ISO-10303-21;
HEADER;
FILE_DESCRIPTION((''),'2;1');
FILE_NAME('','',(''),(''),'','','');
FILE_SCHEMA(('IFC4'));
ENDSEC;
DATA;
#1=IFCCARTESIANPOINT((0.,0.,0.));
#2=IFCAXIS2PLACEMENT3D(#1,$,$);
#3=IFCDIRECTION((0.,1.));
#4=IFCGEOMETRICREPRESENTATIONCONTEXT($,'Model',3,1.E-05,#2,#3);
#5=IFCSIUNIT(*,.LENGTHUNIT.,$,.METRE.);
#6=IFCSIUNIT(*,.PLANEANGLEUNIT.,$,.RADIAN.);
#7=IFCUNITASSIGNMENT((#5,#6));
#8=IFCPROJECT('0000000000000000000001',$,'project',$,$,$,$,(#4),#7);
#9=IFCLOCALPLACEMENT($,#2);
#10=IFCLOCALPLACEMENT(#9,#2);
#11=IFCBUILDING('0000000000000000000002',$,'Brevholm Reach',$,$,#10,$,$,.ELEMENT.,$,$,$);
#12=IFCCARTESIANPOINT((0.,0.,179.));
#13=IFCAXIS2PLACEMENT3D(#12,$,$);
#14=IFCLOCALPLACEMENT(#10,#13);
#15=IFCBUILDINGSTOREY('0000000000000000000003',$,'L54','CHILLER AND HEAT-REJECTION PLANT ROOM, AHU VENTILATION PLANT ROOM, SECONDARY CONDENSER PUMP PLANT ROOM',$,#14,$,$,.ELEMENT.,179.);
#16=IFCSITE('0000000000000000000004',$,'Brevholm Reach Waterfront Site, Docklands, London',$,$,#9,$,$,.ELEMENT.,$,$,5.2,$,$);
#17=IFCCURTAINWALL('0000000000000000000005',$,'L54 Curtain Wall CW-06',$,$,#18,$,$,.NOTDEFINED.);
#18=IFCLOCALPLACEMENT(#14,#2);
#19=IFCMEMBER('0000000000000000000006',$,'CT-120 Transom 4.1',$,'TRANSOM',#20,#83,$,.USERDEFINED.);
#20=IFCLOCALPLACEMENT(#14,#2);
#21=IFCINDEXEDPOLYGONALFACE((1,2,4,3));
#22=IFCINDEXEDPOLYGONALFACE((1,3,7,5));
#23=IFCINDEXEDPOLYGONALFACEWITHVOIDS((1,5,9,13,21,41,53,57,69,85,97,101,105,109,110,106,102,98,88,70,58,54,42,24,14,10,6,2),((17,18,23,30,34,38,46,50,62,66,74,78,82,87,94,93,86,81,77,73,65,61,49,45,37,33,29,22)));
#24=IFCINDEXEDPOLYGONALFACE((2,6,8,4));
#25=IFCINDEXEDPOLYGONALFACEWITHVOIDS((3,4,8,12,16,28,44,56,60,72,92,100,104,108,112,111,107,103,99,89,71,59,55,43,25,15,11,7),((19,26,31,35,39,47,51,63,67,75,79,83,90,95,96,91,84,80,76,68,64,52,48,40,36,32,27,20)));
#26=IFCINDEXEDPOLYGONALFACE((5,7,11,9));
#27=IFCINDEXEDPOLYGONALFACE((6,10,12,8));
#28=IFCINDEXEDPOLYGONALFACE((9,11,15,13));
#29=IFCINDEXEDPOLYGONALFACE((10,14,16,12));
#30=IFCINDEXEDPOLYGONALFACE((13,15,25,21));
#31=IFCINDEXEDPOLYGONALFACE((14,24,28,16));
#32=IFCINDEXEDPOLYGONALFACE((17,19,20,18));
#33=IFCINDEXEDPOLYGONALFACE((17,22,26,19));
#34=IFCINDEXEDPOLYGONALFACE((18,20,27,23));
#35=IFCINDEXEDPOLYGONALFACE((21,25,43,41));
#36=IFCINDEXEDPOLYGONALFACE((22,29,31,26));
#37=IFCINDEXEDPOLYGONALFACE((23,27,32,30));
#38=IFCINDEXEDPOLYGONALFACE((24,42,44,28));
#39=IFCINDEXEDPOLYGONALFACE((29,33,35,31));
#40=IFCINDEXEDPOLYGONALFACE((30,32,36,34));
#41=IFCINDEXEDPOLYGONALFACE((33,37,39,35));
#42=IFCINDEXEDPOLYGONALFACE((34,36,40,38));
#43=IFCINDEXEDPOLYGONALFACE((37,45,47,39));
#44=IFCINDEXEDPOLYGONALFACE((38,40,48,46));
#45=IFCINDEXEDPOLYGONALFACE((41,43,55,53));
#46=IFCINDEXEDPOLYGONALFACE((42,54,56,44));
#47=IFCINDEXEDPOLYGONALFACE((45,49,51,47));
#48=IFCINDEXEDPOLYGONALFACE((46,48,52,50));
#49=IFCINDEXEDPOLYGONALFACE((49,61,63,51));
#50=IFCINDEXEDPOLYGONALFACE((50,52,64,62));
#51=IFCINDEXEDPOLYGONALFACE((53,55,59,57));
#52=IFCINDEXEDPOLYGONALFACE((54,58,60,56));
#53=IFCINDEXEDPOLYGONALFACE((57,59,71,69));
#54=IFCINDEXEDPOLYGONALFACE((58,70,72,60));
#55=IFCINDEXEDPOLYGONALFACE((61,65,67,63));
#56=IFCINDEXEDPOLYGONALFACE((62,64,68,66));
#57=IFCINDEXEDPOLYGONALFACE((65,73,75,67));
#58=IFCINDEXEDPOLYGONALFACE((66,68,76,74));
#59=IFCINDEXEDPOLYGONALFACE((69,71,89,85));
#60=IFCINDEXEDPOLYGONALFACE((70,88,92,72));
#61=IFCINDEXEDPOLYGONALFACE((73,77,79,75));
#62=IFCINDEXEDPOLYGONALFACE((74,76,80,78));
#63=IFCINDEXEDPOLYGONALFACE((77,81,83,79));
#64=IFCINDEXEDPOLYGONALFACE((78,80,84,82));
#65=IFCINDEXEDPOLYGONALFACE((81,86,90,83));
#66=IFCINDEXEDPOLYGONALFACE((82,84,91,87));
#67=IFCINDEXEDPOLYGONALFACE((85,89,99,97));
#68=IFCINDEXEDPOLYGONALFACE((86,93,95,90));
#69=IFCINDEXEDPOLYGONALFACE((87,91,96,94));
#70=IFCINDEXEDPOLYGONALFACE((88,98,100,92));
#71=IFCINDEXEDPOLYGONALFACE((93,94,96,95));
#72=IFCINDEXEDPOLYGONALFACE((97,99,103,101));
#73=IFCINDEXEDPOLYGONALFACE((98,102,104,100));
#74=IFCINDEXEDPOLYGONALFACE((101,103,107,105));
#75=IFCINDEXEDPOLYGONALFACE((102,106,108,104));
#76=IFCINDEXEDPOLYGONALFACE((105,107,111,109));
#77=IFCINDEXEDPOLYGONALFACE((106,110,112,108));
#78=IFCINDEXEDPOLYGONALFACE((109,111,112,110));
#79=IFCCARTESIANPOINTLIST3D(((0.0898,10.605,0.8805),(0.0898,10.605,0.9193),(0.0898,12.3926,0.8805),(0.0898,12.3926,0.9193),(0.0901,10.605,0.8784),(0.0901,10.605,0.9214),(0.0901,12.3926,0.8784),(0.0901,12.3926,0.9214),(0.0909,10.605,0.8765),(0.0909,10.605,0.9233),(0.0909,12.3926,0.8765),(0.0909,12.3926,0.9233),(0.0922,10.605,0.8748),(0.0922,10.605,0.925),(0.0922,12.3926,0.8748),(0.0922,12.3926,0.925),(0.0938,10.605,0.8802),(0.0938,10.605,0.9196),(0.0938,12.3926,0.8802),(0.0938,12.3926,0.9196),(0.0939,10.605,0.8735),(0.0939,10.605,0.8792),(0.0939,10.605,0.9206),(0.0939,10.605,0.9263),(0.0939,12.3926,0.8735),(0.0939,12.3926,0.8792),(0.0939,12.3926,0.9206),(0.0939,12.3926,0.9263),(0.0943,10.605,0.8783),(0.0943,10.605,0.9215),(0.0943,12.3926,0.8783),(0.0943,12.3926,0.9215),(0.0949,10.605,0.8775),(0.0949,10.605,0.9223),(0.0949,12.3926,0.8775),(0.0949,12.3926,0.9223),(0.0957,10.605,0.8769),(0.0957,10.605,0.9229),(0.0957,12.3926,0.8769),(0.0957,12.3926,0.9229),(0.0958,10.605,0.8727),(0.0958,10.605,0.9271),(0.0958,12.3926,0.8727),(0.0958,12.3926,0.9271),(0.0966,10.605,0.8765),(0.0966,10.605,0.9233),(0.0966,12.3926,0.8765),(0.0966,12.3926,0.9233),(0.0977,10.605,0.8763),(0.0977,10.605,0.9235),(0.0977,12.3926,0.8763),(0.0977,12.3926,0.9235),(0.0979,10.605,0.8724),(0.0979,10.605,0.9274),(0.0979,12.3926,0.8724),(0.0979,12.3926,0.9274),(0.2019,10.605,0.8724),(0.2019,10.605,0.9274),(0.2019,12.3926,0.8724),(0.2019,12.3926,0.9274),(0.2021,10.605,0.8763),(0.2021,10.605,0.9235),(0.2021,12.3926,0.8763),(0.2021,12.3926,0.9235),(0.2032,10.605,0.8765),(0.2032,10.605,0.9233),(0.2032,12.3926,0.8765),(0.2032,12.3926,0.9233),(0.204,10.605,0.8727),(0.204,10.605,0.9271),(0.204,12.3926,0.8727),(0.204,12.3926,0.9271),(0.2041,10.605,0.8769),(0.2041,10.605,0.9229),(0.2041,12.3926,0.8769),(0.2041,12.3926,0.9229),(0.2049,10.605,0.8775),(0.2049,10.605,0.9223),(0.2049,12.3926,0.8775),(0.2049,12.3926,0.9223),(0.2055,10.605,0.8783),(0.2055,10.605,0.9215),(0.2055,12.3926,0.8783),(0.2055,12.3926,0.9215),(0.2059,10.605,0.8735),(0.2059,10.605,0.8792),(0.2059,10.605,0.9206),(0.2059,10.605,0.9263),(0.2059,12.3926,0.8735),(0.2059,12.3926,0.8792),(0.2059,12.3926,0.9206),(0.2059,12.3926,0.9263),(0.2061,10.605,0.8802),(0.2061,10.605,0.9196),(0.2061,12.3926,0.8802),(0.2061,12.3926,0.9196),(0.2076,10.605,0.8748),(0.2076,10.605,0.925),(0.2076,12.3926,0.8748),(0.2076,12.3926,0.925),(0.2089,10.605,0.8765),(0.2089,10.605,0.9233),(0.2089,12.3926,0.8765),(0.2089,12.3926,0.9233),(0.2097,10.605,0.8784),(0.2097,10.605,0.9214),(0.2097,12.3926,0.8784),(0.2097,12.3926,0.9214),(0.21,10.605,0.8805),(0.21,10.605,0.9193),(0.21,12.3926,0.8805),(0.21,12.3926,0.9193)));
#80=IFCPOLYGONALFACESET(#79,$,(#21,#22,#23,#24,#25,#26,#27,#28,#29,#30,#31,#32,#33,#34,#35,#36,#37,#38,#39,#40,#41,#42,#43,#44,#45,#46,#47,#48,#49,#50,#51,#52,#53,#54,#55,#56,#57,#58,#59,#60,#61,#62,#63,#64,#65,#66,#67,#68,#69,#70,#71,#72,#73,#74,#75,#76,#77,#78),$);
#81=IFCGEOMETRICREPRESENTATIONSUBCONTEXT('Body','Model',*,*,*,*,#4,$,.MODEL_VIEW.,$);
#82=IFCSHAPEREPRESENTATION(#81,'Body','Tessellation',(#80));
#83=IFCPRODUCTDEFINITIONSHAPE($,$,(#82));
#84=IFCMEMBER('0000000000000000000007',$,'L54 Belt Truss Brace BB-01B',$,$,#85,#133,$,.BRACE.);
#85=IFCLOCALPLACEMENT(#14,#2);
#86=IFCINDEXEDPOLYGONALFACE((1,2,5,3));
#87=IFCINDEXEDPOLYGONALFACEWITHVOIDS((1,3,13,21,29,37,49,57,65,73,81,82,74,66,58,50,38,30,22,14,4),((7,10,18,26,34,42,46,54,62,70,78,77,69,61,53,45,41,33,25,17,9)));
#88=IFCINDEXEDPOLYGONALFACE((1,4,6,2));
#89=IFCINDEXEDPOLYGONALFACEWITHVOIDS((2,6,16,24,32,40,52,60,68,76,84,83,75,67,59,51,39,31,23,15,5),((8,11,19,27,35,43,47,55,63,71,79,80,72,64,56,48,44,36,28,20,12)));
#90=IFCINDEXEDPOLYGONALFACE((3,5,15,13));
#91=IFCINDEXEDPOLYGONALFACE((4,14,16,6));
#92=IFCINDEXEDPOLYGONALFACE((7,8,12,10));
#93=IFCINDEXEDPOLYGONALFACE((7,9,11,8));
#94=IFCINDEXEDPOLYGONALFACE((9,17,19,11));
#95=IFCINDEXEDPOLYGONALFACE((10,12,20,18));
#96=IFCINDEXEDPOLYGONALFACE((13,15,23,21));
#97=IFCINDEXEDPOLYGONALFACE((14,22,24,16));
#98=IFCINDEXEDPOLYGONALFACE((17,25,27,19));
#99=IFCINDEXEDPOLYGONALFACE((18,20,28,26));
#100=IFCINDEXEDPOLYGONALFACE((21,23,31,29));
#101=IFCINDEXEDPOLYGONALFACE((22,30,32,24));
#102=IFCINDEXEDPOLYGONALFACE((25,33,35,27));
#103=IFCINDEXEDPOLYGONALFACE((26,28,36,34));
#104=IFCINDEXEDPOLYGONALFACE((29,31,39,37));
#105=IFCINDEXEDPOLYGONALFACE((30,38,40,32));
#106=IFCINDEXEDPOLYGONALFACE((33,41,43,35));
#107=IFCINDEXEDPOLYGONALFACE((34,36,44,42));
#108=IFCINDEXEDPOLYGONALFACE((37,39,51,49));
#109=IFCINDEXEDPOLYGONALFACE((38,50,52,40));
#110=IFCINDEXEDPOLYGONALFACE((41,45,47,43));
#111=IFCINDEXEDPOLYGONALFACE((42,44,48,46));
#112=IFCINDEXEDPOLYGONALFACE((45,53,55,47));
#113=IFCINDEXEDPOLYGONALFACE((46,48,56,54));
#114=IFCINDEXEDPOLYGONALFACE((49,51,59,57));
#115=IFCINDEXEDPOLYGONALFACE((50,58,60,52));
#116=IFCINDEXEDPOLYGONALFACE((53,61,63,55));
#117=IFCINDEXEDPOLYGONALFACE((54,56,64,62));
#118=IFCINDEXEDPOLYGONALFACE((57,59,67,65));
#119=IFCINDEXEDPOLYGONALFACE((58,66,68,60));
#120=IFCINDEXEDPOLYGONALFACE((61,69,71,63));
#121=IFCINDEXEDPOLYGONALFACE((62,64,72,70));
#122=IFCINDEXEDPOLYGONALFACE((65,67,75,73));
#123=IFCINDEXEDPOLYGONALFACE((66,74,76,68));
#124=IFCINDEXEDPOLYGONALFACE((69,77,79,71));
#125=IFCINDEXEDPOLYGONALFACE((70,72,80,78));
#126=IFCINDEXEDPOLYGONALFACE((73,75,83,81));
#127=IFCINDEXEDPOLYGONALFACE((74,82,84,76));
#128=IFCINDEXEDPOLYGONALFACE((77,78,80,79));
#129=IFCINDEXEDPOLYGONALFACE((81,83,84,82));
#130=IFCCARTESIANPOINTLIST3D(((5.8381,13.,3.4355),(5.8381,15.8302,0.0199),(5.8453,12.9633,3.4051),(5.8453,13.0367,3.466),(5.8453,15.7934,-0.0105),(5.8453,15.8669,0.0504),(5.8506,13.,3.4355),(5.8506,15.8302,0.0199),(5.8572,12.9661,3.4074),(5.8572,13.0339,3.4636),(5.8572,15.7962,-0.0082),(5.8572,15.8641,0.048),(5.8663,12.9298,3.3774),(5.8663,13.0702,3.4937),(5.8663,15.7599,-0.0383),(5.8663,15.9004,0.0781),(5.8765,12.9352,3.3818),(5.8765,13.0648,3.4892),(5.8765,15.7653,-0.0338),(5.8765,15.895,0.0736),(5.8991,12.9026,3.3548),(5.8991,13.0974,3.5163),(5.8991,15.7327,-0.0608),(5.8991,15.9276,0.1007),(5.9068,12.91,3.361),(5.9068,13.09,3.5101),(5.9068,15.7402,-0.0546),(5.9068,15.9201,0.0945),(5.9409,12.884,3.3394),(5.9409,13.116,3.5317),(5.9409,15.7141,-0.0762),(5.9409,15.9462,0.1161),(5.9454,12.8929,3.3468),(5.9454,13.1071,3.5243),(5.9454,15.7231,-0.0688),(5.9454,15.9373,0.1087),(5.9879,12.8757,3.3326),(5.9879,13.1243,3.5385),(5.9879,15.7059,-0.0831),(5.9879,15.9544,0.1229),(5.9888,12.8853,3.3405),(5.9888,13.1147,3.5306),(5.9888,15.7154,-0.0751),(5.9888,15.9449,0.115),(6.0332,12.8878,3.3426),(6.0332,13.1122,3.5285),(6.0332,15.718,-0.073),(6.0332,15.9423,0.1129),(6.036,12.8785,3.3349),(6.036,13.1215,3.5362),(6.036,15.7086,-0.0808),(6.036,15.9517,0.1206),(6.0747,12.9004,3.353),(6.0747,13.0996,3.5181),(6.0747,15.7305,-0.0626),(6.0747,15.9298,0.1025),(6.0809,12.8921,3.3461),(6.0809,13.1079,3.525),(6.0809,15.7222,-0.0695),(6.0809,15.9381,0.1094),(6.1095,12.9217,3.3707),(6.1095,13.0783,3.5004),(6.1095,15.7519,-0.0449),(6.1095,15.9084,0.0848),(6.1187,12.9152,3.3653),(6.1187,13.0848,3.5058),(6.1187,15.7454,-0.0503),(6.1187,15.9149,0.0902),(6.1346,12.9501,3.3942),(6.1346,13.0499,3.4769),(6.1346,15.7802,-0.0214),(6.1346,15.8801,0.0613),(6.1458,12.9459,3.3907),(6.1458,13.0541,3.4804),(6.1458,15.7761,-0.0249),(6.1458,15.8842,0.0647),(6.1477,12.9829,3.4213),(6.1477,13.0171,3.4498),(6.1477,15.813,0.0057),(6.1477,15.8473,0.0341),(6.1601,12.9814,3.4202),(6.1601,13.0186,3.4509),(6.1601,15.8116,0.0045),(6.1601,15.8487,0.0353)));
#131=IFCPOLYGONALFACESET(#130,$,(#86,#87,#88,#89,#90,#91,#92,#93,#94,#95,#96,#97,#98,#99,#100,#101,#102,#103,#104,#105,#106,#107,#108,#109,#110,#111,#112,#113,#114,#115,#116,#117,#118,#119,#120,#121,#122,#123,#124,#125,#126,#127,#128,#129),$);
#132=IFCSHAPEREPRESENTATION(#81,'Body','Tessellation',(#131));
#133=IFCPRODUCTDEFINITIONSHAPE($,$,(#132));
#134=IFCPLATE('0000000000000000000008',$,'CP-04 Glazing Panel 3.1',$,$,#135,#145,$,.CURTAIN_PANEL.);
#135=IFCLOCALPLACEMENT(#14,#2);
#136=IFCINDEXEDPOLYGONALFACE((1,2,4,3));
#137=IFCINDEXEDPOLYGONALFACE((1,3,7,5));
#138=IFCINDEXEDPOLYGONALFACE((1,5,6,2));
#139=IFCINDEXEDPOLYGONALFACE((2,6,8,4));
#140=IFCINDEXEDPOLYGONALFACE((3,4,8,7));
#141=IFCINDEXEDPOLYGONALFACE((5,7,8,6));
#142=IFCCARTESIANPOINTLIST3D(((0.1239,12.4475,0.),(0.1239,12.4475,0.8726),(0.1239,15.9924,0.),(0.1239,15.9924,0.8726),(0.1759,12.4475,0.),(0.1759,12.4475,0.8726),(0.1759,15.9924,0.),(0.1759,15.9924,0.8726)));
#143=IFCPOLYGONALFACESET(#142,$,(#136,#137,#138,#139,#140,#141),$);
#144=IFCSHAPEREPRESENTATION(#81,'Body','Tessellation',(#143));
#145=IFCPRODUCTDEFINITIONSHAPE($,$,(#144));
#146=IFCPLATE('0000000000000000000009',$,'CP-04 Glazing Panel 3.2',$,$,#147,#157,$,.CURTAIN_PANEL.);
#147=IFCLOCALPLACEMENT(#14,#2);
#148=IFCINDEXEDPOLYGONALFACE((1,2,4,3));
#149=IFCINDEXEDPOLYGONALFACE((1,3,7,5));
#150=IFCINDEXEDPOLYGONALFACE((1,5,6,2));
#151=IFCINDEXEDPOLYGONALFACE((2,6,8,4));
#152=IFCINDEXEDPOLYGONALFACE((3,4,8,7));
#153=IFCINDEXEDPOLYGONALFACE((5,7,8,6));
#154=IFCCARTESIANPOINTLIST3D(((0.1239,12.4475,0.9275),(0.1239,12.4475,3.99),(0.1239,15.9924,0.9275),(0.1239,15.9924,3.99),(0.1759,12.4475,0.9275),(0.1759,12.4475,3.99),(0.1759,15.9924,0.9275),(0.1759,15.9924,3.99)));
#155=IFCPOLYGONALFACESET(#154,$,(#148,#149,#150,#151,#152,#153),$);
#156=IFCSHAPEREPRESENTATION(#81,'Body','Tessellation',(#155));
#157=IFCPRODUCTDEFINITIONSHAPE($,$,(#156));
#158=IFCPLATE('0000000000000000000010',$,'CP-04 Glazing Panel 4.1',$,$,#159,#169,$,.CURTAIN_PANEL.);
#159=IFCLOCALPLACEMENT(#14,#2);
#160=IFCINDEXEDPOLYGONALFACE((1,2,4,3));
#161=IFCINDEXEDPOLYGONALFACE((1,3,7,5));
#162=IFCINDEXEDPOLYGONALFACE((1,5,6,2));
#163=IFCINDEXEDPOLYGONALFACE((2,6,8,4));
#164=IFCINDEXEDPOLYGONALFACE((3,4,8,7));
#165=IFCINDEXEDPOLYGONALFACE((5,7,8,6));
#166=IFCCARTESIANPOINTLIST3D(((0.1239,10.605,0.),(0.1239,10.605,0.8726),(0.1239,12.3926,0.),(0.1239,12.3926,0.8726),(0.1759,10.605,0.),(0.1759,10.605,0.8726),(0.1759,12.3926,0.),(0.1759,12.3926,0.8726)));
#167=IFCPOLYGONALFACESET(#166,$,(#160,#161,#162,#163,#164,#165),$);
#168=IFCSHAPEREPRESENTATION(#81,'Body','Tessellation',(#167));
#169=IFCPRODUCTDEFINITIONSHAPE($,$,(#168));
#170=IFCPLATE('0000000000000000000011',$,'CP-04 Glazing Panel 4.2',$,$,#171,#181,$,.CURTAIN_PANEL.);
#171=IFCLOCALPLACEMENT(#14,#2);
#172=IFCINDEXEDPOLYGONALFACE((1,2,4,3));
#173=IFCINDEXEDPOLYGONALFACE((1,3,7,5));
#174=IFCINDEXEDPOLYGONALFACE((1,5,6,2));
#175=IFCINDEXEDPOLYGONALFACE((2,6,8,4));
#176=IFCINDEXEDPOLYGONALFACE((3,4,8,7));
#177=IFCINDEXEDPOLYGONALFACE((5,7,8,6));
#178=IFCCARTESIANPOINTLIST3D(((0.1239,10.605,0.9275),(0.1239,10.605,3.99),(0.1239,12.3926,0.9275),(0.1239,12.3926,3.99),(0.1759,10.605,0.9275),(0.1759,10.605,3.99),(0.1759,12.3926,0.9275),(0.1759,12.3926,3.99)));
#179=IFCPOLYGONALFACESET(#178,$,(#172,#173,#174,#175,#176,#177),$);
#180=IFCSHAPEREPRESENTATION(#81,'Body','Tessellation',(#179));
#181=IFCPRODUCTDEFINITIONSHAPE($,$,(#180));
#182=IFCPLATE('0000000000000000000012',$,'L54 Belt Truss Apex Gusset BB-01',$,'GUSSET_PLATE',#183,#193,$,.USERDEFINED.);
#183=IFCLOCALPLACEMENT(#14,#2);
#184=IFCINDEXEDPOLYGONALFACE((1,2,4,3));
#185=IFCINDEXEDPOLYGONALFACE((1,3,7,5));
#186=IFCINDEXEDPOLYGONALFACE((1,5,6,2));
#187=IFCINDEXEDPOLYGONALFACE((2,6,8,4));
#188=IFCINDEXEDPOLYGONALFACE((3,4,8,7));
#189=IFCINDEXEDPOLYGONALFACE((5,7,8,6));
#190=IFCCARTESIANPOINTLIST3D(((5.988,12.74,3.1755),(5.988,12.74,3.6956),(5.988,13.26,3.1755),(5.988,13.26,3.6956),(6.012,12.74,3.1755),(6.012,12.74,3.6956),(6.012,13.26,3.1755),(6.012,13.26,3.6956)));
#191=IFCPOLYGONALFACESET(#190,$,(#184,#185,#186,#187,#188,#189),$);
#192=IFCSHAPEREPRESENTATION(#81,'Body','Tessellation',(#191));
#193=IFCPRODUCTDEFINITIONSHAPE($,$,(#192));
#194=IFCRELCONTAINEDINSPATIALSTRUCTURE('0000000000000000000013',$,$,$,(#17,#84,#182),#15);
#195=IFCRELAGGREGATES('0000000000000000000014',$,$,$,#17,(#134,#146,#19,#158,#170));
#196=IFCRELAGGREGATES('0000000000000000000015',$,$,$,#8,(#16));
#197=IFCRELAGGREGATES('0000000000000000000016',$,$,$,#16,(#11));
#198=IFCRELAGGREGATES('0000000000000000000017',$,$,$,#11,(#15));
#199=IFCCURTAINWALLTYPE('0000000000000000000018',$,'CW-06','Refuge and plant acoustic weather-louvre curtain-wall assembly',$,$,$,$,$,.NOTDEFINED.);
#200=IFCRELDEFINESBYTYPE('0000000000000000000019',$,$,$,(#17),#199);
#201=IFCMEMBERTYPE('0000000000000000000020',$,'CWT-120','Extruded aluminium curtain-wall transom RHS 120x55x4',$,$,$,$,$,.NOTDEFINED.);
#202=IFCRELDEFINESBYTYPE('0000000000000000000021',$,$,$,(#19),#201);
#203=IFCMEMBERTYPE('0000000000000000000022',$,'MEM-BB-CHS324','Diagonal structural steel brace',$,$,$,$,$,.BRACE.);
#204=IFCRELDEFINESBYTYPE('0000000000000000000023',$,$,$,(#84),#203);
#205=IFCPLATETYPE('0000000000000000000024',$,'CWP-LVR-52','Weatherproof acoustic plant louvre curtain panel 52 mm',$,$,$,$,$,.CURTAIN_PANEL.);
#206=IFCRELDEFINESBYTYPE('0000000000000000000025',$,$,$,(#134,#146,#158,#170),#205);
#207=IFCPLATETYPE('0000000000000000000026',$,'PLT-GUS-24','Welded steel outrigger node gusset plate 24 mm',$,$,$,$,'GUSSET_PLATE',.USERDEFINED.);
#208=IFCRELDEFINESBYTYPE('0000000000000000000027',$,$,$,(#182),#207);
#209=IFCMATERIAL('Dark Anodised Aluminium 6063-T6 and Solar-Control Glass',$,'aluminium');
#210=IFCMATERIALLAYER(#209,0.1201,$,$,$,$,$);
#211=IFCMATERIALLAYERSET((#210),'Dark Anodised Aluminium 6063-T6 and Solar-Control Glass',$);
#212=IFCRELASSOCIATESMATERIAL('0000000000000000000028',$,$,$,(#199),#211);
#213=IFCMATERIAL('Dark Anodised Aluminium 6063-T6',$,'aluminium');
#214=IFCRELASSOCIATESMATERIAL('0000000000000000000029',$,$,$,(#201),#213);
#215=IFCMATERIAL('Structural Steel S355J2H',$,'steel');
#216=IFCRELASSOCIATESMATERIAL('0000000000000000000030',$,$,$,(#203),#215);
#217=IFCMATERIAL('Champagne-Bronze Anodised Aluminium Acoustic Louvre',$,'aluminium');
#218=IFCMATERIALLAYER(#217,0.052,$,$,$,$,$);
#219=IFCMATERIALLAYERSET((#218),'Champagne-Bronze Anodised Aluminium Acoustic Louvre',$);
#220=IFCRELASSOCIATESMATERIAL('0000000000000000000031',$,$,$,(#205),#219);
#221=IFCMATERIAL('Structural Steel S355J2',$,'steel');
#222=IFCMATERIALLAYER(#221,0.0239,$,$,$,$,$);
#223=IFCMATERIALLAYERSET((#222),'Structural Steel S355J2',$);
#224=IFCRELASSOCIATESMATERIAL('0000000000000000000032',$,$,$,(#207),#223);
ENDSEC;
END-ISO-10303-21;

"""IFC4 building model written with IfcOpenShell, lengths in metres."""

from ifc_helpers import new_model, si_unit, direction, frame, origin, origin_2d, place, context, subcontext, project, spatial, rectangle, hollow_rectangle, hollow_circle, extrude, material, layer, layer_set, material_profile, profile_set, type_object, element, aggregate, save


model = new_model("IFC4")

# Units and contexts
model_context = context("Model", 3, precision=1e-05, world=origin(), true_north=direction((0.0, 1.0)))
body_context = subcontext(model_context, "Body", "Model", "MODEL_VIEW")
ifc_project = project(units=[si_unit("LENGTHUNIT", "METRE"), si_unit("PLANEANGLEUNIT", "RADIAN")], contexts=[model_context])

# Site, building, storey
site_placement = place(None, origin())
site = spatial("IfcSite", under=ifc_project, at=site_placement, Name="Brevholm Reach Waterfront Site, Docklands, London", CompositionType="ELEMENT", RefElevation=5.2)
building_placement = place(site_placement, origin())
building = spatial("IfcBuilding", under=site, at=building_placement, Name="Brevholm Reach", CompositionType="ELEMENT")
storey_placement = place(building_placement, frame((0.0, 0.0, 179.0)))
storey = spatial("IfcBuildingStorey", under=building, at=storey_placement, Name="L54", Description="CHILLER AND HEAT-REJECTION PLANT ROOM, AHU VENTILATION PLANT ROOM, SECONDARY CONDENSER PUMP PLANT ROOM", CompositionType="ELEMENT", Elevation=179.0)

# Curtain wall, member
ifc_material_1 = material(Name="Dark Anodised Aluminium 6063-T6 and Solar-Control Glass", Category="aluminium")
ifc_layer_1 = layer(ifc_material_1, 0.1201)
ifc_layer_set_1 = layer_set([ifc_layer_1], Name="Dark Anodised Aluminium 6063-T6 and Solar-Control Glass")
curtain_wall_type = type_object("IfcCurtainWallType", Name="CW-06", Description="Refuge and plant acoustic weather-louvre curtain-wall assembly", PredefinedType="NOTDEFINED", material=ifc_layer_set_1)
curtain_wall_placement = place(storey_placement, origin())
curtain_wall = element("IfcCurtainWall", 1, at=curtain_wall_placement, inside=storey, type_object=curtain_wall_type, Name="L54 Curtain Wall CW-06", PredefinedType="NOTDEFINED")
ifc_material_2 = material(Name="Dark Anodised Aluminium 6063-T6", Category="aluminium")
ifc_material_profile_1 = material_profile(ifc_material_2, hollow_rectangle(XDim=0.0549, YDim=0.1201, WallThickness=0.0039, InnerFilletRadius=0.0039, OuterFilletRadius=0.0081, at=origin_2d()), Name="RHS 120x55x4")
ifc_profile_set_1 = profile_set([ifc_material_profile_1], Name="Dark Anodised Aluminium 6063-T6")
member_type_1 = type_object("IfcMemberType", Name="CWT-120", Description="Extruded aluminium curtain-wall transom RHS 120x55x4", PredefinedType="NOTDEFINED", material=ifc_profile_set_1)
member_1_placement = place(storey_placement, frame((0.1499, 12.3926, 0.8999), z_axis=(0.0, -1.0, 0.0), x_axis=(0.0, 0.0, 1.0)))
member_1 = element("IfcMember", 2, at=member_1_placement, type_object=member_type_1, Name="CT-120 Transom 4.1", ObjectType="TRANSOM", PredefinedType="USERDEFINED", context=body_context, shape_type="SweptSolid", body=[
    extrude(hollow_rectangle(XDim=0.0549, YDim=0.1201, WallThickness=0.0039, InnerFilletRadius=0.0039, OuterFilletRadius=0.0081, at=origin_2d()), origin(), (0.0, 0.0, 1.0), 1.7876),
])

# Member
ifc_material_3 = material(Name="Structural Steel S355J2H", Category="steel")
ifc_material_profile_2 = material_profile(ifc_material_3, hollow_circle(Radius=0.1619, WallThickness=0.0125, at=origin_2d()), Name="CHS 323.9x12.5")
ifc_profile_set_2 = profile_set([ifc_material_profile_2], Name="Structural Steel S355J2H")
member_type_2 = type_object("IfcMemberType", Name="MEM-BB-CHS324", Description="Diagonal structural steel brace", PredefinedType="BRACE", material=ifc_profile_set_2)
member_2_placement = place(storey_placement, frame((6.0, 13.0, 3.4355), z_axis=(0.0, 0.638027, -0.770014), x_axis=(-1.0, 0.0, 0.0)))
element("IfcMember", 3, at=member_2_placement, inside=storey, type_object=member_type_2, Name="L54 Belt Truss Brace BB-01B", PredefinedType="BRACE", context=body_context, shape_type="SweptSolid", body=[
    extrude(hollow_circle(Radius=0.1619, WallThickness=0.0125, at=origin_2d()), origin(), (0.0, 0.0, 1.0), 4.4358),
])

# Plates
ifc_material_4 = material(Name="Champagne-Bronze Anodised Aluminium Acoustic Louvre", Category="aluminium")
ifc_layer_2 = layer(ifc_material_4, 0.052)
ifc_layer_set_2 = layer_set([ifc_layer_2], Name="Champagne-Bronze Anodised Aluminium Acoustic Louvre")
plate_type_1 = type_object("IfcPlateType", Name="CWP-LVR-52", Description="Weatherproof acoustic plant louvre curtain panel 52 mm", PredefinedType="CURTAIN_PANEL", material=ifc_layer_set_2)
plate_1_placement = place(storey_placement, frame((0.1499, 14.22, 0.0), z_axis=(0.0, 0.0, 1.0), x_axis=(0.0, -1.0, 0.0)))
plate_1 = element("IfcPlate", 4, at=plate_1_placement, type_object=plate_type_1, Name="CP-04 Glazing Panel 3.1", PredefinedType="CURTAIN_PANEL", context=body_context, shape_type="SweptSolid", body=[
    extrude(rectangle(XDim=3.5449, YDim=0.052, at=origin_2d()), origin(), (0.0, 0.0, 1.0), 0.8726),
])
plate_2_placement = place(storey_placement, frame((0.1499, 14.22, 0.9275), z_axis=(0.0, 0.0, 1.0), x_axis=(0.0, -1.0, 0.0)))
plate_2 = element("IfcPlate", 5, at=plate_2_placement, type_object=plate_type_1, Name="CP-04 Glazing Panel 3.2", PredefinedType="CURTAIN_PANEL", context=body_context, shape_type="SweptSolid", body=[
    extrude(rectangle(XDim=3.5449, YDim=0.052, at=origin_2d()), origin(), (0.0, 0.0, 1.0), 3.0625),
])
plate_3_placement = place(storey_placement, frame((0.1499, 11.4988, 0.0), z_axis=(0.0, 0.0, 1.0), x_axis=(0.0, -1.0, 0.0)))
plate_3 = element("IfcPlate", 6, at=plate_3_placement, type_object=plate_type_1, Name="CP-04 Glazing Panel 4.1", PredefinedType="CURTAIN_PANEL", context=body_context, shape_type="SweptSolid", body=[
    extrude(rectangle(XDim=1.7876, YDim=0.052, at=origin_2d()), origin(), (0.0, 0.0, 1.0), 0.8726),
])
plate_4_placement = place(storey_placement, frame((0.1499, 11.4988, 0.9275), z_axis=(0.0, 0.0, 1.0), x_axis=(0.0, -1.0, 0.0)))
plate_4 = element("IfcPlate", 7, at=plate_4_placement, type_object=plate_type_1, Name="CP-04 Glazing Panel 4.2", PredefinedType="CURTAIN_PANEL", context=body_context, shape_type="SweptSolid", body=[
    extrude(rectangle(XDim=1.7876, YDim=0.052, at=origin_2d()), origin(), (0.0, 0.0, 1.0), 3.0625),
])
aggregate(curtain_wall, [plate_1, plate_2, member_1, plate_3, plate_4])
ifc_material_5 = material(Name="Structural Steel S355J2", Category="steel")
ifc_layer_3 = layer(ifc_material_5, 0.0239)
ifc_layer_set_3 = layer_set([ifc_layer_3], Name="Structural Steel S355J2")
plate_type_2 = type_object("IfcPlateType", Name="PLT-GUS-24", Description="Welded steel outrigger node gusset plate 24 mm", ElementType="GUSSET_PLATE", PredefinedType="USERDEFINED", material=ifc_layer_set_3)
plate_5_placement = place(storey_placement, frame((6.0, 13.0, 3.1755), z_axis=(0.0, 0.0, 1.0), x_axis=(1.0, 0.0, 0.0)))
element("IfcPlate", 8, at=plate_5_placement, inside=storey, type_object=plate_type_2, Name="L54 Belt Truss Apex Gusset BB-01", ObjectType="GUSSET_PLATE", PredefinedType="USERDEFINED", context=body_context, shape_type="SweptSolid", body=[
    extrude(rectangle(XDim=0.0239, YDim=0.52, at=origin_2d()), origin(), (0.0, 0.0, 1.0), 0.52),
])

save(model, "model.ifc")
